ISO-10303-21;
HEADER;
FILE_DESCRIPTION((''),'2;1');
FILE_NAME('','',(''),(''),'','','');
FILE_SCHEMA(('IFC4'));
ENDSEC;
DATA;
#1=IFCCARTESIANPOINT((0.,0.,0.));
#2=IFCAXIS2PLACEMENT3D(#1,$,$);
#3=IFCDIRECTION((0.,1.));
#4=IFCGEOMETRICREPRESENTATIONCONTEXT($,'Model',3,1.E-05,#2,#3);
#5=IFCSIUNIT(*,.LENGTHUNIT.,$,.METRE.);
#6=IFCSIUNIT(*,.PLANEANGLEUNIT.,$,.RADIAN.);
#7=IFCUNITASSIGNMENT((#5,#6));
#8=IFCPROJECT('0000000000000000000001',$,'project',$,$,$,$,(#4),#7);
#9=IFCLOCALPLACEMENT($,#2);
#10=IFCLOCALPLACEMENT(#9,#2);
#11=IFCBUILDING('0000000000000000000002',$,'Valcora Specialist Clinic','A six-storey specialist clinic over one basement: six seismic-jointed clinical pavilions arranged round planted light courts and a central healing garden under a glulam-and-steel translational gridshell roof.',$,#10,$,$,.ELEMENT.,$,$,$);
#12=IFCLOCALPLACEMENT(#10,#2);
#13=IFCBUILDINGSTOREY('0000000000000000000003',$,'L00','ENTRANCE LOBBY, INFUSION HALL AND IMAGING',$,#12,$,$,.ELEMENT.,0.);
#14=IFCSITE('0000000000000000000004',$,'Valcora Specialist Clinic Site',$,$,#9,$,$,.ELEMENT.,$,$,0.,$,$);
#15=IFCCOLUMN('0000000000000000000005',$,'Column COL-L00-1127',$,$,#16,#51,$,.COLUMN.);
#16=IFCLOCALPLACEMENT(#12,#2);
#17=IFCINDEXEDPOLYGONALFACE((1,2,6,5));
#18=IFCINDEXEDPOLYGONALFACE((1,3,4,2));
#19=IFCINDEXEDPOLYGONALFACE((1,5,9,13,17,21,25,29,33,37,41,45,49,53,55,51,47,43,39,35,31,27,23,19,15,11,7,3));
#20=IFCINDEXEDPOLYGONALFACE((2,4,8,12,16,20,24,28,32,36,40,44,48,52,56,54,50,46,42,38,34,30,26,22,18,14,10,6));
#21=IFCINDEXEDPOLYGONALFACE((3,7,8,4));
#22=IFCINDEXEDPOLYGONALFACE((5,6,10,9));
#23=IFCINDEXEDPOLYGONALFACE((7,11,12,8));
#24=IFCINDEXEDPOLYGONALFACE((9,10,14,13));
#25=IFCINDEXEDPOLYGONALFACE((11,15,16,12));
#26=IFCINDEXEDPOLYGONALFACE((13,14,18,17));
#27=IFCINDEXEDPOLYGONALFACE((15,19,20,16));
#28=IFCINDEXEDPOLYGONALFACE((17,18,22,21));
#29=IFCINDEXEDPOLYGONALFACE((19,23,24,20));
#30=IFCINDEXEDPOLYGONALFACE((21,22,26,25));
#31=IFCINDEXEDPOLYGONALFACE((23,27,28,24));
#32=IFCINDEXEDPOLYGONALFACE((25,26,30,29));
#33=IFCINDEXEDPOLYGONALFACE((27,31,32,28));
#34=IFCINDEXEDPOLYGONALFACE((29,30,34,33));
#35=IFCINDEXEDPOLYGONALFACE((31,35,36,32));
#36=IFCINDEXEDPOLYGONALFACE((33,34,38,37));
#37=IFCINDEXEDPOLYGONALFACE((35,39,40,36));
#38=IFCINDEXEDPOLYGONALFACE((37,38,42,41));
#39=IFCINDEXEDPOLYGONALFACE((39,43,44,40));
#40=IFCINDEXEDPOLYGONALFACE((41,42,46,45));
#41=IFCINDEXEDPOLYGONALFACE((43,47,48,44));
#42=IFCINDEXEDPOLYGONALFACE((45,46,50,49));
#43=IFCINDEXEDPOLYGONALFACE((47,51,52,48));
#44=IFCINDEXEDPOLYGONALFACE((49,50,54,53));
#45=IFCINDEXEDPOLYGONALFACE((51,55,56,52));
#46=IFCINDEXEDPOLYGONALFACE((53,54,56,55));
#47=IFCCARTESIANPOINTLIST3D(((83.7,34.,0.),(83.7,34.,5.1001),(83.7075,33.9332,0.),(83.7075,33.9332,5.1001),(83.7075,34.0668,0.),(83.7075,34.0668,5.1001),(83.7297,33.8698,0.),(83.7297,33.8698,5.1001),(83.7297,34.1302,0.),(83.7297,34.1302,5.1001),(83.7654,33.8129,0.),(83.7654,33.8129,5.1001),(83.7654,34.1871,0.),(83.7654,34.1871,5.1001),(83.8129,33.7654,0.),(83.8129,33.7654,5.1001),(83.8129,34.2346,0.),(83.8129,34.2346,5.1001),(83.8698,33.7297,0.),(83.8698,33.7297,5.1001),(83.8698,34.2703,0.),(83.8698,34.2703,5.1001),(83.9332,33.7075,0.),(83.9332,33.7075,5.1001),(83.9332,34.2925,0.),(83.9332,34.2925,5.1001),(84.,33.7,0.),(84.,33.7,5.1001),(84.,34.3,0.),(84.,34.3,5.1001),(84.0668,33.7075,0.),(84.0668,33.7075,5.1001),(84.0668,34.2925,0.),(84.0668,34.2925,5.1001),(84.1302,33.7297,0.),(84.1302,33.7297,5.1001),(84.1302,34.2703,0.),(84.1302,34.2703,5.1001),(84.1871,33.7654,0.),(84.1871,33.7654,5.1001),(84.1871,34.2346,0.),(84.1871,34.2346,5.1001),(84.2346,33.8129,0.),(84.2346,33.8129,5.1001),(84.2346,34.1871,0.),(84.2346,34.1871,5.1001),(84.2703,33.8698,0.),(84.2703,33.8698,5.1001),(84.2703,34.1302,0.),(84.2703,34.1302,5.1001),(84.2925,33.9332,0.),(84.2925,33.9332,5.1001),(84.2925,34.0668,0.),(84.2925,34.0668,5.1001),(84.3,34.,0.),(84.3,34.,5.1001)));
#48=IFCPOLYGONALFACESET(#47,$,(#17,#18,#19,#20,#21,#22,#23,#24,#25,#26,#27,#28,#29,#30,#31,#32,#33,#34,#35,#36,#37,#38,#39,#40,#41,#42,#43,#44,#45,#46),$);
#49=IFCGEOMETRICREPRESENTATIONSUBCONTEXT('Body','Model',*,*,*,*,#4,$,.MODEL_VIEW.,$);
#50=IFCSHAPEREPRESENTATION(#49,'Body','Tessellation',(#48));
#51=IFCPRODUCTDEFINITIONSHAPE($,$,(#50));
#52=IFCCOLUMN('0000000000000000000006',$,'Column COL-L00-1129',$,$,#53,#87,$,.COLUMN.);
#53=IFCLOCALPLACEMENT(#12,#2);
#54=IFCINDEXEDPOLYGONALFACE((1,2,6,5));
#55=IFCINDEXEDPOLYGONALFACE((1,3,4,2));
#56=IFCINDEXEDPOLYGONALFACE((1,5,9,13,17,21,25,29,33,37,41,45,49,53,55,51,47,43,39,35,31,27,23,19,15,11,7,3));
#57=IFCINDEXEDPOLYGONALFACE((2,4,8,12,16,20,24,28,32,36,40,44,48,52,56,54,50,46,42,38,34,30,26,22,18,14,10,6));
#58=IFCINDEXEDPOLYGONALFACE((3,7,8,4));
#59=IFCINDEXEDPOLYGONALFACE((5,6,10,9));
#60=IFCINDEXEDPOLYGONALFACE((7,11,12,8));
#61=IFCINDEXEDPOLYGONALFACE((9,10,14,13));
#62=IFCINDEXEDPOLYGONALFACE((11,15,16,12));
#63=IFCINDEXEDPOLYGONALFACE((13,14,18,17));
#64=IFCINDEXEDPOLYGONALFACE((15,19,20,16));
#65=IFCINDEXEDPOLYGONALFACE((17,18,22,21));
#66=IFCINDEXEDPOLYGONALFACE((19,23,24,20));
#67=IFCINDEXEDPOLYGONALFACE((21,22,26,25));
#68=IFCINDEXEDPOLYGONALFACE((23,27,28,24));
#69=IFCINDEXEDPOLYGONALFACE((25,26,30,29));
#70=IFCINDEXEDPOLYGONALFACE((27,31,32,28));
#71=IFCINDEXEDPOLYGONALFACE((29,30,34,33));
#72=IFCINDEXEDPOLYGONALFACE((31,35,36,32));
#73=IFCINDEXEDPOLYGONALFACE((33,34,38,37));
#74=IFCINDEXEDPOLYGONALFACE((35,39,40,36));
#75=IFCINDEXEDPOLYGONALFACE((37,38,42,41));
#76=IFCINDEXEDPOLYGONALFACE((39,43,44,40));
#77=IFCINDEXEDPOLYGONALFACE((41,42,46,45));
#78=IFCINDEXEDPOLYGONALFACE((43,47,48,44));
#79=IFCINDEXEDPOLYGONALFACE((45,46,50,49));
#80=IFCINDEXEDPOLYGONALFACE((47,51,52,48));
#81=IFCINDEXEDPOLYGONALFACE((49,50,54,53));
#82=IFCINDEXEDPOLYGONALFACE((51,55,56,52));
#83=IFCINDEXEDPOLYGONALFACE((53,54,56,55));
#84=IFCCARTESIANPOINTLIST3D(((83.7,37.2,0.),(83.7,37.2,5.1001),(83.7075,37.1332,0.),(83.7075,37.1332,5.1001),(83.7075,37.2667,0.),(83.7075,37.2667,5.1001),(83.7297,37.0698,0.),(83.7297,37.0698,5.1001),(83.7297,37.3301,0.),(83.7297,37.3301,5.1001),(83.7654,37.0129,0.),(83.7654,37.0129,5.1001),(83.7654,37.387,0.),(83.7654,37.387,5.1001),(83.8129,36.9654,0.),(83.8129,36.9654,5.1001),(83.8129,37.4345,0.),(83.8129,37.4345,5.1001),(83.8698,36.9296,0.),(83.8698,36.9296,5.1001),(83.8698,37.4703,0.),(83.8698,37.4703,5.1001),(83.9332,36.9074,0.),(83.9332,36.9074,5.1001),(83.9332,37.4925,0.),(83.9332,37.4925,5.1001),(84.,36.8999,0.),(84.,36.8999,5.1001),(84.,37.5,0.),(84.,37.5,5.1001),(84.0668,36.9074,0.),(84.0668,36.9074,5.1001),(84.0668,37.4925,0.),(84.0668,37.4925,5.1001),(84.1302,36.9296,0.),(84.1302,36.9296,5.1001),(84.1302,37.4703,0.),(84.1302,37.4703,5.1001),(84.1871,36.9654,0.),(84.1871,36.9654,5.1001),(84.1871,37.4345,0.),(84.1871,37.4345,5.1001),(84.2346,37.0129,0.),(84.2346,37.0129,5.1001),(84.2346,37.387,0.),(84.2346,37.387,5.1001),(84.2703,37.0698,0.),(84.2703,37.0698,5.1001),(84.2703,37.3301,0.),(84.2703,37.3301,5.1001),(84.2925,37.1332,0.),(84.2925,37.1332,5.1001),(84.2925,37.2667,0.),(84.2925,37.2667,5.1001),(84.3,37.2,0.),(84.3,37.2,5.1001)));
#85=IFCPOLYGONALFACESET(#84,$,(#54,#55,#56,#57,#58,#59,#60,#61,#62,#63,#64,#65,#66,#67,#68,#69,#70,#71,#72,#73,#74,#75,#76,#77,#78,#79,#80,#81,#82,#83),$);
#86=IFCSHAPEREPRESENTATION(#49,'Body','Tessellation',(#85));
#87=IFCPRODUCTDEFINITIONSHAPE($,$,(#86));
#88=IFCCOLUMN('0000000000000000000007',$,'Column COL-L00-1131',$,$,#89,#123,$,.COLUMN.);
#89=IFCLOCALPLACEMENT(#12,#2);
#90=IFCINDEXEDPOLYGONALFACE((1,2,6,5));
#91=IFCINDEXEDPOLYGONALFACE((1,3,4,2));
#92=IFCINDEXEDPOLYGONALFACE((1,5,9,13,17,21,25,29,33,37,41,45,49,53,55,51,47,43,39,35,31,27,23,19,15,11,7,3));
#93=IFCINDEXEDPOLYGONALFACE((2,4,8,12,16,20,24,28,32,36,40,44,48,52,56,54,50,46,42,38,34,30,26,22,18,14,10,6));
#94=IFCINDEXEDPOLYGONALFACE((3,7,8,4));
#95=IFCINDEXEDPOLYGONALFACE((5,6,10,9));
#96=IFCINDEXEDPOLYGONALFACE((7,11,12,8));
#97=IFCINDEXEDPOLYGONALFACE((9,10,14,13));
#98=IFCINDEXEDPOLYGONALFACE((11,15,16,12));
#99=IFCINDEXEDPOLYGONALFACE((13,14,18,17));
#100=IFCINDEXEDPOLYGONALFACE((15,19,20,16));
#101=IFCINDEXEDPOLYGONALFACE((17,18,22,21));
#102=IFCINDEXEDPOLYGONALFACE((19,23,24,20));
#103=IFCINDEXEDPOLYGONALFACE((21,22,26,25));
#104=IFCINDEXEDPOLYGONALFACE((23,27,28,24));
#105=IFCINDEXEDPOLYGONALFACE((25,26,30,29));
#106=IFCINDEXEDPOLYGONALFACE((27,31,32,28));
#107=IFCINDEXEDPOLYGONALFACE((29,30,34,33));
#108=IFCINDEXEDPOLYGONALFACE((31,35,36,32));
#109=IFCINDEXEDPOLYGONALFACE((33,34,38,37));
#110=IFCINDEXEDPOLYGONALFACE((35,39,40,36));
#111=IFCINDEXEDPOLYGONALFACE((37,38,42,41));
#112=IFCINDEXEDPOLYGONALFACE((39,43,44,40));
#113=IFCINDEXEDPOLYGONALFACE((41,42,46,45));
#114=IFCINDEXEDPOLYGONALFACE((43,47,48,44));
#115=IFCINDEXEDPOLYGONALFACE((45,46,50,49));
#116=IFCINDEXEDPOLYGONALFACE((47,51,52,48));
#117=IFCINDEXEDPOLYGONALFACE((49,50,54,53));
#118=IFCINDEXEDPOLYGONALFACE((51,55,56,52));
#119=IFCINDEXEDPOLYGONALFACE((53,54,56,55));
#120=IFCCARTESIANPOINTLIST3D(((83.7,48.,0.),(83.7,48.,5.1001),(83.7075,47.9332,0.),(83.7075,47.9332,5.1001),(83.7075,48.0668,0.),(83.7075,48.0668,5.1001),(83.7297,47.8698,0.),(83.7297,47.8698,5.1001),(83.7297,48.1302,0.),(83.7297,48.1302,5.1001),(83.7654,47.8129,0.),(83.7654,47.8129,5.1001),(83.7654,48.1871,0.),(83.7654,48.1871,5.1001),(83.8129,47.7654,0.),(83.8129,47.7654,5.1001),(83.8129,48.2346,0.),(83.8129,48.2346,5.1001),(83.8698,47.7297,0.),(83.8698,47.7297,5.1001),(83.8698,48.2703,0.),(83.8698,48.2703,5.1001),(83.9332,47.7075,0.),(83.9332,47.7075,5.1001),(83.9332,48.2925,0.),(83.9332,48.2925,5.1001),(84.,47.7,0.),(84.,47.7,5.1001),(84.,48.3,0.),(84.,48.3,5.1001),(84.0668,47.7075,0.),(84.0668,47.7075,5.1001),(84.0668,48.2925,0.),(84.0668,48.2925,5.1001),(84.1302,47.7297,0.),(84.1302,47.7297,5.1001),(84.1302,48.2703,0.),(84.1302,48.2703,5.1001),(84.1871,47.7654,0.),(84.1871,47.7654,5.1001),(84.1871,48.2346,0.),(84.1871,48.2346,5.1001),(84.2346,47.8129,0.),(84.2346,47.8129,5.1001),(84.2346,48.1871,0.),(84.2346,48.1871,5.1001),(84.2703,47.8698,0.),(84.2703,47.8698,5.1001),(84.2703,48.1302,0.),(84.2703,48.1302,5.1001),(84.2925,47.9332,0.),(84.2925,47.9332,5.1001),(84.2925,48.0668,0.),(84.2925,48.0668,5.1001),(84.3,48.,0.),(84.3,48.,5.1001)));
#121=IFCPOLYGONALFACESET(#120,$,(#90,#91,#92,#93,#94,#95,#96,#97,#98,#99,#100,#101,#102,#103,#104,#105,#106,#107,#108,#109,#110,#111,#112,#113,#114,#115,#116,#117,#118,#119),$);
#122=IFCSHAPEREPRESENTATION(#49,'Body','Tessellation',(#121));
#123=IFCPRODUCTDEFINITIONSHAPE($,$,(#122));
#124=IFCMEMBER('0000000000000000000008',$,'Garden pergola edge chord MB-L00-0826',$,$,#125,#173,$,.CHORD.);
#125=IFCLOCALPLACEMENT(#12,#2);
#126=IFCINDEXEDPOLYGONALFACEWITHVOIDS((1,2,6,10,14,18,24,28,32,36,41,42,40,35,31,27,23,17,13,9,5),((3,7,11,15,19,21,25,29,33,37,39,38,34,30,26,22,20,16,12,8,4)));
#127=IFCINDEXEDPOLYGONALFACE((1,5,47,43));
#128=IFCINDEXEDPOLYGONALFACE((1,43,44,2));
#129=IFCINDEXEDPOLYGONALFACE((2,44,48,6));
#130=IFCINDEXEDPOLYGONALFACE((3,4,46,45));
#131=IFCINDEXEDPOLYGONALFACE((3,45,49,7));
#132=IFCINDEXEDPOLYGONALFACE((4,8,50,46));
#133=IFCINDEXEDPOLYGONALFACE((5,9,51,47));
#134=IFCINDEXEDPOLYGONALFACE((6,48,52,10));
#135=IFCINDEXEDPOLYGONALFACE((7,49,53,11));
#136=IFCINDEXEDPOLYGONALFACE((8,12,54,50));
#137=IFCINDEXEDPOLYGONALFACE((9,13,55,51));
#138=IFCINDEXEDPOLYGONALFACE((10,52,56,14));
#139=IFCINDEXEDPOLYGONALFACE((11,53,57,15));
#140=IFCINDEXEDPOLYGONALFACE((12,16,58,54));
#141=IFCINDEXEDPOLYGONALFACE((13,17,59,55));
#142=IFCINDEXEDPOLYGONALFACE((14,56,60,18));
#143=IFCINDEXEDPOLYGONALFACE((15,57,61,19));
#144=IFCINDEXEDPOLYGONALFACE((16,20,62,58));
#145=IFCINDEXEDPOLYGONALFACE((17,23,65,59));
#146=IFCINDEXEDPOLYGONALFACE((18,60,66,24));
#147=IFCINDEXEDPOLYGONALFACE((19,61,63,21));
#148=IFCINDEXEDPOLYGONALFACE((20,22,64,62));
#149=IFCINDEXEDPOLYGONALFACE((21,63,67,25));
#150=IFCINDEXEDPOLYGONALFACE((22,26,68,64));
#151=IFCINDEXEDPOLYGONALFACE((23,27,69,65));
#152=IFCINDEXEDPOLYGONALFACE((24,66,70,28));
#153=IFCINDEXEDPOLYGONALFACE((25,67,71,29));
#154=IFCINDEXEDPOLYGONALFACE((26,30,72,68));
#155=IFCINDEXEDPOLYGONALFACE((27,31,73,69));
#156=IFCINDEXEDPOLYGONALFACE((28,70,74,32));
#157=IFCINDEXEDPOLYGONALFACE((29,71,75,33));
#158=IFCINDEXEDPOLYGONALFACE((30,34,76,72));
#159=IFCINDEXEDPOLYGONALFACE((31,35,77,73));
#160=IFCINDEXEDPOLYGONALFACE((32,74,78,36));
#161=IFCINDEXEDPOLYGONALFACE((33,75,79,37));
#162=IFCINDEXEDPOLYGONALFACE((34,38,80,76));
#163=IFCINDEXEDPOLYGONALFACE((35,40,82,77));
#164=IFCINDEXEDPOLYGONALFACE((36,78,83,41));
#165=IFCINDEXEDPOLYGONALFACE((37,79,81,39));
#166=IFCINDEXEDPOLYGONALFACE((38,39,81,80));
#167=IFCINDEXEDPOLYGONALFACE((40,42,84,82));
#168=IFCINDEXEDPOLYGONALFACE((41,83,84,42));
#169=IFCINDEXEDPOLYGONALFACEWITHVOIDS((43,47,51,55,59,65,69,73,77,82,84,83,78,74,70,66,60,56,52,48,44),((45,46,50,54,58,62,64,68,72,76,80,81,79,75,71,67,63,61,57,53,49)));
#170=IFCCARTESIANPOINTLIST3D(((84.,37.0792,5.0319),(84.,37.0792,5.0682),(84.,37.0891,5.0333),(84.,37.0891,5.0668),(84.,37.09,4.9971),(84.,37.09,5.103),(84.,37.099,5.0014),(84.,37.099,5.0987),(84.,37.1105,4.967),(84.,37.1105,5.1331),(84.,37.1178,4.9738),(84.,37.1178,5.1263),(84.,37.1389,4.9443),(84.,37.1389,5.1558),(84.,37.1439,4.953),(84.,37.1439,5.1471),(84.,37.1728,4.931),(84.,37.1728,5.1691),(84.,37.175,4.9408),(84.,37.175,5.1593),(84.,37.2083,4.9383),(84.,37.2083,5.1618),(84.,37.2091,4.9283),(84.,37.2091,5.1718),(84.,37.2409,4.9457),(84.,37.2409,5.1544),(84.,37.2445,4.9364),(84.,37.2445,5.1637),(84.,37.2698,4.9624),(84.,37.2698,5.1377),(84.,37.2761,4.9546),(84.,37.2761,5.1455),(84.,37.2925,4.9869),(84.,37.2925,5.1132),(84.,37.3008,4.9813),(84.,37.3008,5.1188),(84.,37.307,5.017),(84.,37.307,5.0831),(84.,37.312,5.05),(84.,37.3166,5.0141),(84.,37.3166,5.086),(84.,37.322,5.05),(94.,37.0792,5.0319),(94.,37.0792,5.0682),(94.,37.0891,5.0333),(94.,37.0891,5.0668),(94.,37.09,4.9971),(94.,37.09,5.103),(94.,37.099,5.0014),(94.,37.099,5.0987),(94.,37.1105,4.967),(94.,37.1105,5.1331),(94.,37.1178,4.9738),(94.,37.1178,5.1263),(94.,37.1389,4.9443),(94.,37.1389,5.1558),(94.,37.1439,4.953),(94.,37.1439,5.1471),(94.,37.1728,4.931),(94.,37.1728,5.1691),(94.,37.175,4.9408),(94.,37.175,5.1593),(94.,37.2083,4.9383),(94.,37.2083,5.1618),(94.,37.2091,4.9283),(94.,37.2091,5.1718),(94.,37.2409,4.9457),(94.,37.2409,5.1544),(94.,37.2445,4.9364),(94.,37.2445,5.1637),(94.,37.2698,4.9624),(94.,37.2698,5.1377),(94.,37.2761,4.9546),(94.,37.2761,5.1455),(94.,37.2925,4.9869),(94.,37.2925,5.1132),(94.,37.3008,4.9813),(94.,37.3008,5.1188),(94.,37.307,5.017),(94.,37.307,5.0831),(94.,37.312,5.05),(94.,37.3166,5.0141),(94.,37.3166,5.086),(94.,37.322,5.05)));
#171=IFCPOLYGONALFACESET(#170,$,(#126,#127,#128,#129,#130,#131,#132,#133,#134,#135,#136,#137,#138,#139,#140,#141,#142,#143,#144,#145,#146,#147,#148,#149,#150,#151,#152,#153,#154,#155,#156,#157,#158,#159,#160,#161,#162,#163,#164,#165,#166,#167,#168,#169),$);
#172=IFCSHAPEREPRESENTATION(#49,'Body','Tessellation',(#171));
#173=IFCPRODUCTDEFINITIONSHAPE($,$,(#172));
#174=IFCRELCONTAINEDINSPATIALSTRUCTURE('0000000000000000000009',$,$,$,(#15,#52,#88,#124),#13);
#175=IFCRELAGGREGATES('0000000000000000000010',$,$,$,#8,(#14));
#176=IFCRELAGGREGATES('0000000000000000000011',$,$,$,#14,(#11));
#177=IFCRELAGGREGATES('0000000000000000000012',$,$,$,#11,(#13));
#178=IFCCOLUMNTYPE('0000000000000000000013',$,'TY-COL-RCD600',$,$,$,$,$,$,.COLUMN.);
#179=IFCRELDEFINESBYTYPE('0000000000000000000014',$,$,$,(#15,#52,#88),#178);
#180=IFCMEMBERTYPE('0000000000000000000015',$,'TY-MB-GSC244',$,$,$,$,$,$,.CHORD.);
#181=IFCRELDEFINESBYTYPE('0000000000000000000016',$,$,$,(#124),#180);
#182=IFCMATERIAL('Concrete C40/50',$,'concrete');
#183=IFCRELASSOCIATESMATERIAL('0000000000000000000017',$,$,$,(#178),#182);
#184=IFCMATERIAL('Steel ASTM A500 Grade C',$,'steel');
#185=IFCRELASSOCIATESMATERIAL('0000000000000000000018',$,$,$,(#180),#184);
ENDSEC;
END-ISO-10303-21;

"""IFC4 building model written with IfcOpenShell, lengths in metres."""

from ifc_helpers import new_model, si_unit, direction, frame, origin, origin_2d, place, context, subcontext, project, spatial, circle, hollow_circle, extrude, material, material_profile, profile_set, type_object, element, save


model = new_model("IFC4")

# Units and contexts
model_context = context("Model", 3, precision=1e-05, world=origin(), true_north=direction((0.0, 1.0)))
body_context = subcontext(model_context, "Body", "Model", "MODEL_VIEW")
ifc_project = project(units=[si_unit("LENGTHUNIT", "METRE"), si_unit("PLANEANGLEUNIT", "RADIAN")], contexts=[model_context])

# Site, building, storey
site_placement = place(None, origin())
site = spatial("IfcSite", under=ifc_project, at=site_placement, Name="Valcora Specialist Clinic Site", CompositionType="ELEMENT", RefElevation=0.0)
building_placement = place(site_placement, origin())
building = spatial("IfcBuilding", under=site, at=building_placement, Name="Valcora Specialist Clinic", Description="A six-storey specialist clinic over one basement: six seismic-jointed clinical pavilions arranged round planted light courts and a central healing garden under a glulam-and-steel translational gridshell roof.", CompositionType="ELEMENT")
storey_placement = place(building_placement, origin())
storey = spatial("IfcBuildingStorey", under=building, at=storey_placement, Name="L00", Description="ENTRANCE LOBBY, INFUSION HALL AND IMAGING", CompositionType="ELEMENT", Elevation=0.0)

# Columns
ifc_material_1 = material(Name="Concrete C40/50", Category="concrete")
ifc_material_profile_1 = material_profile(ifc_material_1, circle(Radius=0.3, at=origin_2d()), Name="RC-COL-D600")
ifc_profile_set_1 = profile_set([ifc_material_profile_1], Name="Concrete C40/50")
column_type = type_object("IfcColumnType", Name="TY-COL-RCD600", PredefinedType="COLUMN", material=ifc_profile_set_1)
for number, where, z_axis, x_axis, name in (
    (1, (84.0, 34.0, 0.0), (0.0, 0.0, 1.0), (1.0, 0.0, 0.0), "Column COL-L00-1127"),
    (2, (84.0, 37.2, 0.0), (0.0, 0.0, 1.0), (1.0, 0.0, 0.0), "Column COL-L00-1129"),
    (3, (84.0, 48.0, 0.0), (0.0, 0.0, 1.0), (1.0, 0.0, 0.0), "Column COL-L00-1131"),
):
    element("IfcColumn", number, at=place(storey_placement, frame(where, z_axis=z_axis, x_axis=x_axis)), inside=storey, type_object=column_type, Name=name, PredefinedType="COLUMN", context=body_context, shape_type="SweptSolid", body=[
        extrude(circle(Radius=0.3, at=origin_2d()), origin(), (0.0, 0.0, 1.0), 5.1001),
    ])

# Member
ifc_material_2 = material(Name="Steel ASTM A500 Grade C", Category="steel")
ifc_material_profile_2 = material_profile(ifc_material_2, hollow_circle(Radius=0.1221, WallThickness=0.01, at=origin_2d()), Name="ST-CHS-244X10")
ifc_profile_set_2 = profile_set([ifc_material_profile_2], Name="Steel ASTM A500 Grade C")
member_type_1 = type_object("IfcMemberType", Name="TY-MB-GSC244", PredefinedType="CHORD", material=ifc_profile_set_2)
member_placement = place(storey_placement, frame((84.0, 37.2, 5.05), z_axis=(1.0, 0.0, 0.0), x_axis=(0.0, 1.0, 0.0)))
element("IfcMember", 4, at=member_placement, inside=storey, type_object=member_type_1, Name="Garden pergola edge chord MB-L00-0826", PredefinedType="CHORD", context=body_context, shape_type="SweptSolid", body=[
    extrude(hollow_circle(Radius=0.1221, WallThickness=0.01, at=origin_2d()), origin(), (0.0, 0.0, 1.0), 10.0),
])

save(model, "model.ifc")
